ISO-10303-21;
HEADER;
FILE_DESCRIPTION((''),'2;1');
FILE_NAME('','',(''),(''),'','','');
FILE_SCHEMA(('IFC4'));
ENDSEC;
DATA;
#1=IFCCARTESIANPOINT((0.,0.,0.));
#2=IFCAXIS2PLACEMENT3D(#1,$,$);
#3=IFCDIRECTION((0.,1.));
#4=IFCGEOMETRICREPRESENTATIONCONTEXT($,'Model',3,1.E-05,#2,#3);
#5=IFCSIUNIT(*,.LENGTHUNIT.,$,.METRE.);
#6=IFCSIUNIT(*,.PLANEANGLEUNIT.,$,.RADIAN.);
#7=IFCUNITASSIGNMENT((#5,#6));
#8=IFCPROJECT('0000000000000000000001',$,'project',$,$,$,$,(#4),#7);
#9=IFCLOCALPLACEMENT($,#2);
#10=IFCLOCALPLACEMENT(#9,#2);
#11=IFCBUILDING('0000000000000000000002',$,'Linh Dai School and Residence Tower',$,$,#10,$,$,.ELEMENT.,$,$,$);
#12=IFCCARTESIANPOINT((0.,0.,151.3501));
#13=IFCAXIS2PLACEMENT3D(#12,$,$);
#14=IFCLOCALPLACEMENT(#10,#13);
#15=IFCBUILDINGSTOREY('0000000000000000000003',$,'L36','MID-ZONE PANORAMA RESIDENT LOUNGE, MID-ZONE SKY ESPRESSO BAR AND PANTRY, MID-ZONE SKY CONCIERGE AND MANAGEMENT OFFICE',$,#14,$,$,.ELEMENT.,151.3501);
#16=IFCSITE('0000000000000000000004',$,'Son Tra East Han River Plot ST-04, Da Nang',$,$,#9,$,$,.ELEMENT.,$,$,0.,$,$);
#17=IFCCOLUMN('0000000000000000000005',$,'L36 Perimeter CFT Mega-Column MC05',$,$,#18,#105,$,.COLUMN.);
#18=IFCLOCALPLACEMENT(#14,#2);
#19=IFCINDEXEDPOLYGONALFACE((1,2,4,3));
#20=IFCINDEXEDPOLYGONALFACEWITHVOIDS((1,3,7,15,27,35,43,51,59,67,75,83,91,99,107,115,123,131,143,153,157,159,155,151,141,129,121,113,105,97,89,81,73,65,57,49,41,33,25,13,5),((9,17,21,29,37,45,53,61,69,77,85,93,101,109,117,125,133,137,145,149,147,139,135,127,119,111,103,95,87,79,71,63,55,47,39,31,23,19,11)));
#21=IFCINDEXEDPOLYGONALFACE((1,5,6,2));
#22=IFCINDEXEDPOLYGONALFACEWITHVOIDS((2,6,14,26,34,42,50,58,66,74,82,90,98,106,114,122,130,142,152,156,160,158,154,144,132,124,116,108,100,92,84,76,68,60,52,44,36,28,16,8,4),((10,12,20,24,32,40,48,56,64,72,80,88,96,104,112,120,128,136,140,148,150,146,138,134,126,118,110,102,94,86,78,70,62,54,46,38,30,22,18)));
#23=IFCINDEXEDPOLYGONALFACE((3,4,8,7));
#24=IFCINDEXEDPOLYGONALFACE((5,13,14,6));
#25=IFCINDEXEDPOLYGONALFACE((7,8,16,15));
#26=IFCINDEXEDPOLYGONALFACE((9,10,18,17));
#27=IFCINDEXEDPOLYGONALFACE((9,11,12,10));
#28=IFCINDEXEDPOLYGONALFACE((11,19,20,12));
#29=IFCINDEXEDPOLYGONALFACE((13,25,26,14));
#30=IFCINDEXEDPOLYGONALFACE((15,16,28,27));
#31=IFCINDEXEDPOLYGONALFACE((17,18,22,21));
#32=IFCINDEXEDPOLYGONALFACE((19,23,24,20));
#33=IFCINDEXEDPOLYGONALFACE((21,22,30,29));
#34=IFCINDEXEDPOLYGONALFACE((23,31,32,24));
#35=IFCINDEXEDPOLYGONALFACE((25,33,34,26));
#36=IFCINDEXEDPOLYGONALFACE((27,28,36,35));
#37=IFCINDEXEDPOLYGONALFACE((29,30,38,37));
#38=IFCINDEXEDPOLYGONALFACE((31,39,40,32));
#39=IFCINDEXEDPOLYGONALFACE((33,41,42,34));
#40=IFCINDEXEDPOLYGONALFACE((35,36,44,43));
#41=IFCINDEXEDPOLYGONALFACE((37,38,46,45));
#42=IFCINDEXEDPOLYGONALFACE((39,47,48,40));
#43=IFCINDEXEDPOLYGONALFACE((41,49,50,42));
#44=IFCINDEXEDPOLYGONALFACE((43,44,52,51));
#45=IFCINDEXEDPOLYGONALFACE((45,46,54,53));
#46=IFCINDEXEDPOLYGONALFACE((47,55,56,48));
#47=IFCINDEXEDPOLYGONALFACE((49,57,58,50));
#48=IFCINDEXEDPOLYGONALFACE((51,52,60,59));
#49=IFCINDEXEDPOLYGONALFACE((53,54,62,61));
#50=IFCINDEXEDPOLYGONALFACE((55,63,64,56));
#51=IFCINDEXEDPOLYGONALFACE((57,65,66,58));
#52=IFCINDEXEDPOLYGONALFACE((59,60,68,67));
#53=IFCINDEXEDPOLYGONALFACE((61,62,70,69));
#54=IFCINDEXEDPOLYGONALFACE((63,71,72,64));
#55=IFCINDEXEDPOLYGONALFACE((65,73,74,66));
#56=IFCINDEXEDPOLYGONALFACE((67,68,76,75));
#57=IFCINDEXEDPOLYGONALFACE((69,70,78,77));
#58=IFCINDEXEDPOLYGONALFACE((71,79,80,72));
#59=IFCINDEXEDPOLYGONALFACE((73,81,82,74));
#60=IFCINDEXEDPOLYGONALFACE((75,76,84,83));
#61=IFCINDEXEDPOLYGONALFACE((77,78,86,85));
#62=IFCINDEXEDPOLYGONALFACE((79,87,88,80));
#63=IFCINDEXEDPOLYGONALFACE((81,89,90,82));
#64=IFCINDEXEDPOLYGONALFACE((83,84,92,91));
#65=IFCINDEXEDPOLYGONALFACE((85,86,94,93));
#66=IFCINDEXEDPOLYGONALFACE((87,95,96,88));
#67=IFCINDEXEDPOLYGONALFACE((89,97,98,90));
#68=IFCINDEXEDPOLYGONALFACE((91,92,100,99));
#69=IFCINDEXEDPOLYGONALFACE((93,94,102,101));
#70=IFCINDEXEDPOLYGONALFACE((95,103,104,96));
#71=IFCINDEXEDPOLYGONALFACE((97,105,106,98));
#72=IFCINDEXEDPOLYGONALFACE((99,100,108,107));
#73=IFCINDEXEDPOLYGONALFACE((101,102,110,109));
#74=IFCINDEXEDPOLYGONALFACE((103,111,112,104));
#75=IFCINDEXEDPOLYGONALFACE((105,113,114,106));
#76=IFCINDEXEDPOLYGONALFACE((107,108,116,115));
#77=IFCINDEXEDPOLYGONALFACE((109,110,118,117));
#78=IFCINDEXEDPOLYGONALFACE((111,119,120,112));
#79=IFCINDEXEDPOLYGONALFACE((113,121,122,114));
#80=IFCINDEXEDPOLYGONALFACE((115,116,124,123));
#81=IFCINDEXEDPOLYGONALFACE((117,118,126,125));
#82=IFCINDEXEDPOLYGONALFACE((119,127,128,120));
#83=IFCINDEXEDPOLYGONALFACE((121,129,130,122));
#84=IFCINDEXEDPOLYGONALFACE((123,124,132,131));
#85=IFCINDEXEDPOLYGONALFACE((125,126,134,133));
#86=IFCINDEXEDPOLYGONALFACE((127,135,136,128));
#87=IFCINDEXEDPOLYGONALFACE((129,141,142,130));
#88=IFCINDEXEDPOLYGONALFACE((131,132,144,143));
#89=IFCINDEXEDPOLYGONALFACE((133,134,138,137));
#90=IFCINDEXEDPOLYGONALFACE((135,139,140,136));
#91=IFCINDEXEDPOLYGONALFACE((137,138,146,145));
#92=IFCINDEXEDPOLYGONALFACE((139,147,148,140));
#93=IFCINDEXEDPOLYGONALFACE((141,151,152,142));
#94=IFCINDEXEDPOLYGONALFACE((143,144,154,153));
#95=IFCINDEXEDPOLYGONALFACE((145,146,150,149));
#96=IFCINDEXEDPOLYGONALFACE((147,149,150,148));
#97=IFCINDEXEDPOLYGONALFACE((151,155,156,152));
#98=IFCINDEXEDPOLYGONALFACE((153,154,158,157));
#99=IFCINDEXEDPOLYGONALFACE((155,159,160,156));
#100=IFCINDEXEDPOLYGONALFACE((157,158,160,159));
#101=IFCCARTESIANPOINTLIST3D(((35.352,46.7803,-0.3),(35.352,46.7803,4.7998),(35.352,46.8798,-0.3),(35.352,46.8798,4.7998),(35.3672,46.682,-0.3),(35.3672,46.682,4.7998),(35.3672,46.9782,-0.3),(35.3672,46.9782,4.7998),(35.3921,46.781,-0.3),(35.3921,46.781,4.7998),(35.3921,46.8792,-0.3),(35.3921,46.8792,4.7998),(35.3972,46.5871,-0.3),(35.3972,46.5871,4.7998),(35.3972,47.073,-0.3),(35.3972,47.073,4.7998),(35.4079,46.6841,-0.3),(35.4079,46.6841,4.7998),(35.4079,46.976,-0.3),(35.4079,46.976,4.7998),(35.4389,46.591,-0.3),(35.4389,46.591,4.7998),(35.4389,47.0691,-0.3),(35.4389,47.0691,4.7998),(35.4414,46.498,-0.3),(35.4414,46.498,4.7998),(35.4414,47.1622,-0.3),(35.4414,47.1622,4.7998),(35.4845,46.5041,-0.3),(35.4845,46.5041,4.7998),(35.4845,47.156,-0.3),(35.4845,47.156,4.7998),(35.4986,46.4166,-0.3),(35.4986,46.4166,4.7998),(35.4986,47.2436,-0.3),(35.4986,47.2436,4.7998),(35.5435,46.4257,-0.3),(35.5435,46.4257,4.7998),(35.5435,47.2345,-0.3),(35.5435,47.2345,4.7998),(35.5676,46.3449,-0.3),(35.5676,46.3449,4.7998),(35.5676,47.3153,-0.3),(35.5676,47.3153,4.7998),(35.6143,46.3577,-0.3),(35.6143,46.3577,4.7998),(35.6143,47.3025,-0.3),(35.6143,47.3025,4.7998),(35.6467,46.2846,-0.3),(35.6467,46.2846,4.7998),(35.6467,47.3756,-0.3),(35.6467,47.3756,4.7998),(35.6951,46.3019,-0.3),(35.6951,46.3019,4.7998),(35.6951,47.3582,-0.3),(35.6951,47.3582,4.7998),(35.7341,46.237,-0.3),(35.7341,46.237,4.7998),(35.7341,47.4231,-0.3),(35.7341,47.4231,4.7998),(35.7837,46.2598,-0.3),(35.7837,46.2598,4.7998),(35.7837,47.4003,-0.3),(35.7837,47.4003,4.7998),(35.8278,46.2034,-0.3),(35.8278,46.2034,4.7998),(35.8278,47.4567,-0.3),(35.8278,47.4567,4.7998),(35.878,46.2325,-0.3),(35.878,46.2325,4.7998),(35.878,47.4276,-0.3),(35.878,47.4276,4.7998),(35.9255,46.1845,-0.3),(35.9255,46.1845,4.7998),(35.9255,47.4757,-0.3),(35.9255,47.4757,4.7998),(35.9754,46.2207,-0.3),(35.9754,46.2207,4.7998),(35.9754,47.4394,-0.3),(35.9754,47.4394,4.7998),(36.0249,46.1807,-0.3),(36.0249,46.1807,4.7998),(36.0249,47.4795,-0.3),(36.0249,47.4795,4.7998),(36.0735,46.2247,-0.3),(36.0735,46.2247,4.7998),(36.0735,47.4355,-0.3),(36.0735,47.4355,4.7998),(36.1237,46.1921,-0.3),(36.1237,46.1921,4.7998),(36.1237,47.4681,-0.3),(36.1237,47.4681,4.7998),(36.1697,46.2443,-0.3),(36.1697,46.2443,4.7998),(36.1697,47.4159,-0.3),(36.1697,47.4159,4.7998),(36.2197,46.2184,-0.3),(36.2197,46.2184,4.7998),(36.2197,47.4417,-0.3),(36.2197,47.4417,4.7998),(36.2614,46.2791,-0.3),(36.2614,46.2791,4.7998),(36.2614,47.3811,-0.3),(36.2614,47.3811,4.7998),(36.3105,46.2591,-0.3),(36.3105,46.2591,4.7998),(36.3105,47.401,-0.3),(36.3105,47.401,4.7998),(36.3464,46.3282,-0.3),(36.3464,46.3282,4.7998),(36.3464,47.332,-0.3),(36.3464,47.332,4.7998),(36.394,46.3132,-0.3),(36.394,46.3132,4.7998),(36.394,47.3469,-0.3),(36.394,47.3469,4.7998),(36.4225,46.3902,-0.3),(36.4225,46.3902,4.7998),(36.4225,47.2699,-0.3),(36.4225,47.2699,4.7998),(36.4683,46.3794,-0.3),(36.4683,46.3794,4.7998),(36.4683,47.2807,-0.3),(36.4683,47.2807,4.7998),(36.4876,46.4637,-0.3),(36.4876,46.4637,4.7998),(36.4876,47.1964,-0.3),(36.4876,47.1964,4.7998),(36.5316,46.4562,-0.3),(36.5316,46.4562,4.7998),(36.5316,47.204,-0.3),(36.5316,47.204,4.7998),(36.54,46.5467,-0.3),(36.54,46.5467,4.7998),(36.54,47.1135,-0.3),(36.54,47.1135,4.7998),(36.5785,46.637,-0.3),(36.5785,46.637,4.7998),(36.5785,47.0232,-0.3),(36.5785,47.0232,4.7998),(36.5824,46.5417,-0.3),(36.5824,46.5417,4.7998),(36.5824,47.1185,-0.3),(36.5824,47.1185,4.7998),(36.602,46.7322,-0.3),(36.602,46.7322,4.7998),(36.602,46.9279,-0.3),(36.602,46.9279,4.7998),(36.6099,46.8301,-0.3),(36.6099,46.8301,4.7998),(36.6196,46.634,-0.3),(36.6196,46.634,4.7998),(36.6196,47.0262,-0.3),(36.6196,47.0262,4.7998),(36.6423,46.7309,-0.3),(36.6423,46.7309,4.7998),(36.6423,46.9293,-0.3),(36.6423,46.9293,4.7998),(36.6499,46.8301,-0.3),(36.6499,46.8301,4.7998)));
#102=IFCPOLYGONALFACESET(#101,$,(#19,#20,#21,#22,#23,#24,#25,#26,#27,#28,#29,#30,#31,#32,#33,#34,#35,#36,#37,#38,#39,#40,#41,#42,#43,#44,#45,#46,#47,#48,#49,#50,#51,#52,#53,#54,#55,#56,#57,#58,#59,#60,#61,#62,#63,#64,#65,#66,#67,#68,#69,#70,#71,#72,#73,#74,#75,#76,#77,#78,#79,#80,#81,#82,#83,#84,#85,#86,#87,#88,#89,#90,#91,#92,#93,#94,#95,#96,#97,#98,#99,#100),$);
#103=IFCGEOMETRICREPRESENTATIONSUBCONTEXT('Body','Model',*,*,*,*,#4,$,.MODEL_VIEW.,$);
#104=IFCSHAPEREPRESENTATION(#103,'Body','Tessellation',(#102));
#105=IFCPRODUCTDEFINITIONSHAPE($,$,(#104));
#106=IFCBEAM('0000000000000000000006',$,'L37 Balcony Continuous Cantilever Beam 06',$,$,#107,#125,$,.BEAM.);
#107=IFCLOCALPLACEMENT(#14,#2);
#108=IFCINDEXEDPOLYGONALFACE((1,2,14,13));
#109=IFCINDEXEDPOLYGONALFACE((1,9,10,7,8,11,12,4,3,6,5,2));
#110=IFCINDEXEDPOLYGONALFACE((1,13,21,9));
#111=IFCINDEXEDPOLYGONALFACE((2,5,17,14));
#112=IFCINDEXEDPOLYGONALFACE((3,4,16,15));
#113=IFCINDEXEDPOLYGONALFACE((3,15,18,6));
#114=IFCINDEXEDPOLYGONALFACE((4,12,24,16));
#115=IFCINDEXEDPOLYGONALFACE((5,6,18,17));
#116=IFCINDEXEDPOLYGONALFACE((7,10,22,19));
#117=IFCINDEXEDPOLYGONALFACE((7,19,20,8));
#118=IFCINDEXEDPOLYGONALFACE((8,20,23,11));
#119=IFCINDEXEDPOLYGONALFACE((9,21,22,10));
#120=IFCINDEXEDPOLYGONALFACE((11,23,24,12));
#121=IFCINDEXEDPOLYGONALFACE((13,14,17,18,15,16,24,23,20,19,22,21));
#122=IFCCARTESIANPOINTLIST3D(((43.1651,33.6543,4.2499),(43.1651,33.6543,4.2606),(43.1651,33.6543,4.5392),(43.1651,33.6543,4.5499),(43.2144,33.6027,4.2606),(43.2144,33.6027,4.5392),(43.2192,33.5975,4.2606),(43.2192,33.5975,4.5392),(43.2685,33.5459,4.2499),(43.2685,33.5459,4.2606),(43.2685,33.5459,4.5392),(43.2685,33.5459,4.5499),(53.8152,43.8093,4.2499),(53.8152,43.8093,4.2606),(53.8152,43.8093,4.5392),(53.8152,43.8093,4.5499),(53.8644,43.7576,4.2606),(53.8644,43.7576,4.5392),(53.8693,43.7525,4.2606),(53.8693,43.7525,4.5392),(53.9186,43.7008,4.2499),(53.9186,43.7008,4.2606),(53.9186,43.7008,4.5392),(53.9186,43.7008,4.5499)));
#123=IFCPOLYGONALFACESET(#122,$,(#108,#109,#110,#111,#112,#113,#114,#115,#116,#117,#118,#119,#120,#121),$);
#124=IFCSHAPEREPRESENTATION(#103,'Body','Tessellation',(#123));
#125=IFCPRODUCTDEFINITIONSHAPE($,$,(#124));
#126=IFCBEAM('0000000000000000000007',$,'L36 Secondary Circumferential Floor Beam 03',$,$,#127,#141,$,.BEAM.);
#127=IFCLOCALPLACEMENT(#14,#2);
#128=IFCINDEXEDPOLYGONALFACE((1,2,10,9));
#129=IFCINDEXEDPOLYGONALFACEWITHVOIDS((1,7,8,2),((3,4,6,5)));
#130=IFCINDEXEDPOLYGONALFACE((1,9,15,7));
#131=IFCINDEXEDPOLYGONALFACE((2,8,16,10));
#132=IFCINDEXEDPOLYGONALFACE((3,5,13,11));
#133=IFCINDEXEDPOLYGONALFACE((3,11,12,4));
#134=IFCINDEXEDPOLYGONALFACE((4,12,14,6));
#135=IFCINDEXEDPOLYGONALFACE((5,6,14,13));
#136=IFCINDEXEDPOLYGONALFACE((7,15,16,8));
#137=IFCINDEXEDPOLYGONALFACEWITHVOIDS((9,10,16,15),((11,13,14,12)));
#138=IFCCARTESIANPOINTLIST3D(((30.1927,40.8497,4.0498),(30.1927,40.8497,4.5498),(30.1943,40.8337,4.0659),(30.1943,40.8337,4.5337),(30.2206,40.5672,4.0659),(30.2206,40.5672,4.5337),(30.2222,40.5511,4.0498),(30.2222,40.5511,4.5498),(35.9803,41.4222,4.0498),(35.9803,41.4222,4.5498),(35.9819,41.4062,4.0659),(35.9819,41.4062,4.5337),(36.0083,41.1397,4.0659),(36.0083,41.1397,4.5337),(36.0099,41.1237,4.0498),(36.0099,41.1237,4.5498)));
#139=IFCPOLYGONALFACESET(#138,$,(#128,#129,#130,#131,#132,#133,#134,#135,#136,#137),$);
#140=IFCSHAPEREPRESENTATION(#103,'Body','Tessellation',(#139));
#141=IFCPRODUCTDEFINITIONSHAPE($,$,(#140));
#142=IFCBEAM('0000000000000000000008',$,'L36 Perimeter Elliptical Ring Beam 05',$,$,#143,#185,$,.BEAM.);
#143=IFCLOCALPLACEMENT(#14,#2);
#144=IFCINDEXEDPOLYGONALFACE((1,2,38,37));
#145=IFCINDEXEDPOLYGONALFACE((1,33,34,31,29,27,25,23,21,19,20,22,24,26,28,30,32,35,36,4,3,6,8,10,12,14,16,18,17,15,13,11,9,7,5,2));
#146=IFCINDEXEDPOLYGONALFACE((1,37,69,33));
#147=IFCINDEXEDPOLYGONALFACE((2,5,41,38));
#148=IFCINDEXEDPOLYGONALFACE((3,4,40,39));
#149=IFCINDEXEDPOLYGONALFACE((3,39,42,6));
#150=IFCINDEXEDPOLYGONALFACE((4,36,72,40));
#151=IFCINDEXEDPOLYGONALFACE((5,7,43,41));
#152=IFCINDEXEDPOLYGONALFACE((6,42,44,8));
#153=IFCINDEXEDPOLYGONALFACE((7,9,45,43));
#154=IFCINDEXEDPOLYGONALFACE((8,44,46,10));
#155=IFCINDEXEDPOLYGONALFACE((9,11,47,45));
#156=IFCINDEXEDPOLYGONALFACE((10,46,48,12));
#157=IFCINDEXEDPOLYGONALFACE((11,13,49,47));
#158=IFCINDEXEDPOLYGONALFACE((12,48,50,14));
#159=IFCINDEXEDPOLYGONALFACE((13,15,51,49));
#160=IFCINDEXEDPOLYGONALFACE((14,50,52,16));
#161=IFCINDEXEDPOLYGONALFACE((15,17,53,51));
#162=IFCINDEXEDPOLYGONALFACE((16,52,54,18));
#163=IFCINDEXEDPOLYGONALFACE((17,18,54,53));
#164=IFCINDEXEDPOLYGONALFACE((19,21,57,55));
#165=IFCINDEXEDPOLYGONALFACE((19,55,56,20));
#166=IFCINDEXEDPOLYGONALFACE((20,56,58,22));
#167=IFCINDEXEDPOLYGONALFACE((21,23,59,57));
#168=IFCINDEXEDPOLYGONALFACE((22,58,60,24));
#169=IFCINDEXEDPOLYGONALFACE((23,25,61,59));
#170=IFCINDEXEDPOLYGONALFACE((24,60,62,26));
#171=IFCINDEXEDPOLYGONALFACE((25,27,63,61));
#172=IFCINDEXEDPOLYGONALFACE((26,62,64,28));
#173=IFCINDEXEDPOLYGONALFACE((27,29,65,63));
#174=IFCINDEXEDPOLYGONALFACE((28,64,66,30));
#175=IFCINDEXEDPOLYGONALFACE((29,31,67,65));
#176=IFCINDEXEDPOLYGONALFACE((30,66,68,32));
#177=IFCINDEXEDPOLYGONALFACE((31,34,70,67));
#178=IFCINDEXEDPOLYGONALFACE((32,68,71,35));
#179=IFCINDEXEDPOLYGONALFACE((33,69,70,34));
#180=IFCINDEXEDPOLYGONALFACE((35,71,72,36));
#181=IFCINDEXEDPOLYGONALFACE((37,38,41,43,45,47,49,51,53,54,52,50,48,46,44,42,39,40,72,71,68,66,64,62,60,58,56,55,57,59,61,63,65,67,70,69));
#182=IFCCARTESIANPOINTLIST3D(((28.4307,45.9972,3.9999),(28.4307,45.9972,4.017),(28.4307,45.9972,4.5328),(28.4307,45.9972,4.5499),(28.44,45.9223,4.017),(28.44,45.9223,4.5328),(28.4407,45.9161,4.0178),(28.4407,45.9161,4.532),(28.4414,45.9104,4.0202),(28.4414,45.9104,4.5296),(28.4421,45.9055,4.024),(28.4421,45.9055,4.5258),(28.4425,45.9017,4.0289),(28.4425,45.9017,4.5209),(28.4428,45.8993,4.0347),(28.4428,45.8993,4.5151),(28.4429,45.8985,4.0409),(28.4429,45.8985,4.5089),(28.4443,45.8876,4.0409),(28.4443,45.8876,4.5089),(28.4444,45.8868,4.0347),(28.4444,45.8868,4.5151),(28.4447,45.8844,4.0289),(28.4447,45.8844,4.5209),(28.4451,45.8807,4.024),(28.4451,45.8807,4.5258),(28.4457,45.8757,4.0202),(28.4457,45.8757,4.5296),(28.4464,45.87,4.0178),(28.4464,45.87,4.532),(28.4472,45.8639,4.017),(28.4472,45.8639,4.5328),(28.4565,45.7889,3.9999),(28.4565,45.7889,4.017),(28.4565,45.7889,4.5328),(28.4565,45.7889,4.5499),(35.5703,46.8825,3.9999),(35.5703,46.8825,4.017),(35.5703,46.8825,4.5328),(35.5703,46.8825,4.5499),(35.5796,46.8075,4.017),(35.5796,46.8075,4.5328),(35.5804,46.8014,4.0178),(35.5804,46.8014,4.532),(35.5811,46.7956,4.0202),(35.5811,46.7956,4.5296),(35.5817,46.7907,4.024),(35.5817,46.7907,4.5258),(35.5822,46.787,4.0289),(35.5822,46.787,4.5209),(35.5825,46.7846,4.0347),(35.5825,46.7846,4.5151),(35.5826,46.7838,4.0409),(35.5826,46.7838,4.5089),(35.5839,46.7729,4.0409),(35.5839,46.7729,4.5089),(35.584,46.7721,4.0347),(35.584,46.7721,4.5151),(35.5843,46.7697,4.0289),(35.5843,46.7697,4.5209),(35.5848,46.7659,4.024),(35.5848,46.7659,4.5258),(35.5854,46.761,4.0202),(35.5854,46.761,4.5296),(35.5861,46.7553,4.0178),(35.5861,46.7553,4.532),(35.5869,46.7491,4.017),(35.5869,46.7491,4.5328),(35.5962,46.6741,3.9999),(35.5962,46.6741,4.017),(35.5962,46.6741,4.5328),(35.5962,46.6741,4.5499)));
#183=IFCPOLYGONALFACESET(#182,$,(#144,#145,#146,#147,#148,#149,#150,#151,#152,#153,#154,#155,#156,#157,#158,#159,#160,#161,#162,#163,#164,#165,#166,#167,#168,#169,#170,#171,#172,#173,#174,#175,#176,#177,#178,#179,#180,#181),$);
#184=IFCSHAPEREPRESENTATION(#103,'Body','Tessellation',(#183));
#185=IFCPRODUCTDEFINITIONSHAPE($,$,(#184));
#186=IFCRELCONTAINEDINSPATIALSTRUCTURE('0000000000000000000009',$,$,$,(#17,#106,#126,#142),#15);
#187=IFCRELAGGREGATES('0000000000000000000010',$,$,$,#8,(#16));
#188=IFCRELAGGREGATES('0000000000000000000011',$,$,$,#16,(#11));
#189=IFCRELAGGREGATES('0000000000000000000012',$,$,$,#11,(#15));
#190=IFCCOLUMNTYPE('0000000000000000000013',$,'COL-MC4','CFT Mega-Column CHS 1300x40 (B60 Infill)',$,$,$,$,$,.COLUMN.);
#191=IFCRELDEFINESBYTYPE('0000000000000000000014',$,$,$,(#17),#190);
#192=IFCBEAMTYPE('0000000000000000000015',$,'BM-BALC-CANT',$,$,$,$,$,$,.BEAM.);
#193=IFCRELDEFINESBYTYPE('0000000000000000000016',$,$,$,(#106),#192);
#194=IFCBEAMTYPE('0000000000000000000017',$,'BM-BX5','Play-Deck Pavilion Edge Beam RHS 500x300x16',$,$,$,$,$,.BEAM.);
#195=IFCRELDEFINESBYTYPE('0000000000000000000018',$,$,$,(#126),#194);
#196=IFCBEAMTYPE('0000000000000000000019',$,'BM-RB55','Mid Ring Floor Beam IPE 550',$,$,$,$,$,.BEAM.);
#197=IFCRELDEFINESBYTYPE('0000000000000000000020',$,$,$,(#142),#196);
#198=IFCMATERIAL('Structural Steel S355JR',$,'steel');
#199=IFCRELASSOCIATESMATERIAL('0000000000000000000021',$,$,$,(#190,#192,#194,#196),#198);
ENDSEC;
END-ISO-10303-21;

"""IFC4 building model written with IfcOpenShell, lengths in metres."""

from ifc_helpers import new_model, si_unit, direction, frame, origin, origin_2d, place, context, subcontext, project, spatial, hollow_rectangle, hollow_circle, i_section, extrude, material, material_profile, profile_set, type_object, element, save


model = new_model("IFC4")

# Units and contexts
model_context = context("Model", 3, precision=1e-05, world=origin(), true_north=direction((0.0, 1.0)))
body_context = subcontext(model_context, "Body", "Model", "MODEL_VIEW")
ifc_project = project(units=[si_unit("LENGTHUNIT", "METRE"), si_unit("PLANEANGLEUNIT", "RADIAN")], contexts=[model_context])

# Site, building, storey
site_placement = place(None, origin())
site = spatial("IfcSite", under=ifc_project, at=site_placement, Name="Son Tra East Han River Plot ST-04, Da Nang", CompositionType="ELEMENT", RefElevation=0.0)
building_placement = place(site_placement, origin())
building = spatial("IfcBuilding", under=site, at=building_placement, Name="Linh Dai School and Residence Tower", CompositionType="ELEMENT")
storey_placement = place(building_placement, frame((0.0, 0.0, 151.3501)))
storey = spatial("IfcBuildingStorey", under=building, at=storey_placement, Name="L36", Description="MID-ZONE PANORAMA RESIDENT LOUNGE, MID-ZONE SKY ESPRESSO BAR AND PANTRY, MID-ZONE SKY CONCIERGE AND MANAGEMENT OFFICE", CompositionType="ELEMENT", Elevation=151.3501)

# Column
ifc_material_1 = material(Name="Structural Steel S355JR", Category="steel")
ifc_material_profile_1 = material_profile(ifc_material_1, hollow_circle(Radius=0.6499, WallThickness=0.04, at=origin_2d()), Name="CHS 1300x40")
ifc_profile_set_1 = profile_set([ifc_material_profile_1], Name="Structural Steel S355JR")
column_type = type_object("IfcColumnType", Name="COL-MC4", Description="CFT Mega-Column CHS 1300x40 (B60 Infill)", PredefinedType="COLUMN", material=ifc_profile_set_1)
column_placement = place(storey_placement, frame((36.0, 46.8301, -0.3), z_axis=(0.0, 0.0, 1.0), x_axis=(1.0, 0.0, 0.0)))
element("IfcColumn", 1, at=column_placement, inside=storey, type_object=column_type, Name="L36 Perimeter CFT Mega-Column MC05", PredefinedType="COLUMN", context=body_context, shape_type="SweptSolid", body=[
    extrude(hollow_circle(Radius=0.6499, WallThickness=0.04, at=origin_2d()), origin(), (0.0, 0.0, 1.0), 5.0999),
])

# Beams
ifc_material_profile_2 = material_profile(ifc_material_1, i_section(OverallWidth=0.1499, OverallDepth=0.3, WebThickness=0.0071, FlangeThickness=0.0107, at=origin_2d()), Name="IPE 300")
ifc_profile_set_2 = profile_set([ifc_material_profile_2], Name="Structural Steel S355JR")
beam_type_1 = type_object("IfcBeamType", Name="BM-BALC-CANT", PredefinedType="BEAM", material=ifc_profile_set_2)
beam_1_placement = place(storey_placement, frame((43.2168, 33.6001, 4.3999), z_axis=(0.723729, 0.690084, 0.0), x_axis=(-0.690084, 0.723729, 0.0)))
element("IfcBeam", 2, at=beam_1_placement, inside=storey, type_object=beam_type_1, Name="L37 Balcony Continuous Cantilever Beam 06", PredefinedType="BEAM", context=body_context, shape_type="SweptSolid", body=[
    extrude(i_section(OverallWidth=0.1499, OverallDepth=0.3, WebThickness=0.0071, FlangeThickness=0.0107, at=origin_2d()), origin(), (0.0, 0.0, 1.0), 14.7156),
])
ifc_material_profile_3 = material_profile(ifc_material_1, hollow_rectangle(XDim=0.3, YDim=0.5, WallThickness=0.0161, at=origin_2d()), Name="RHS 500x300x16")
ifc_profile_set_3 = profile_set([ifc_material_profile_3], Name="Structural Steel S355JR")
beam_type_2 = type_object("IfcBeamType", Name="BM-BX5", Description="Play-Deck Pavilion Edge Beam RHS 500x300x16", PredefinedType="BEAM", material=ifc_profile_set_3)
beam_2_placement = place(storey_placement, frame((35.9951, 41.2729, 4.2998), z_axis=(-0.995143, -0.09844, 0.0), x_axis=(0.09844, -0.995143, 0.0)))
element("IfcBeam", 3, at=beam_2_placement, inside=storey, type_object=beam_type_2, Name="L36 Secondary Circumferential Floor Beam 03", PredefinedType="BEAM", context=body_context, shape_type="SweptSolid", body=[
    extrude(hollow_rectangle(XDim=0.3, YDim=0.5, WallThickness=0.0161, at=origin_2d()), origin(), (0.0, 0.0, 1.0), 5.8159),
])
ifc_material_profile_4 = material_profile(ifc_material_1, i_section(OverallWidth=0.21, OverallDepth=0.55, WebThickness=0.011, FlangeThickness=0.0171, FilletRadius=0.0239, at=origin_2d()), Name="IPE 550")
ifc_profile_set_4 = profile_set([ifc_material_profile_4], Name="Structural Steel S355JR")
beam_type_3 = type_object("IfcBeamType", Name="BM-RB55", Description="Mid Ring Floor Beam IPE 550", PredefinedType="BEAM", material=ifc_profile_set_4)
beam_3_placement = place(storey_placement, frame((35.5833, 46.7783, 4.2749), z_axis=(-0.992401, -0.123049, 0.0), x_axis=(0.123049, -0.992401, 0.0)))
element("IfcBeam", 4, at=beam_3_placement, inside=storey, type_object=beam_type_3, Name="L36 Perimeter Elliptical Ring Beam 05", PredefinedType="BEAM", context=body_context, shape_type="SweptSolid", body=[
    extrude(i_section(OverallWidth=0.21, OverallDepth=0.55, WebThickness=0.011, FlangeThickness=0.0171, FilletRadius=0.0239, at=origin_2d()), origin(), (0.0, 0.0, 1.0), 7.1943),
])

save(model, "model.ifc")
